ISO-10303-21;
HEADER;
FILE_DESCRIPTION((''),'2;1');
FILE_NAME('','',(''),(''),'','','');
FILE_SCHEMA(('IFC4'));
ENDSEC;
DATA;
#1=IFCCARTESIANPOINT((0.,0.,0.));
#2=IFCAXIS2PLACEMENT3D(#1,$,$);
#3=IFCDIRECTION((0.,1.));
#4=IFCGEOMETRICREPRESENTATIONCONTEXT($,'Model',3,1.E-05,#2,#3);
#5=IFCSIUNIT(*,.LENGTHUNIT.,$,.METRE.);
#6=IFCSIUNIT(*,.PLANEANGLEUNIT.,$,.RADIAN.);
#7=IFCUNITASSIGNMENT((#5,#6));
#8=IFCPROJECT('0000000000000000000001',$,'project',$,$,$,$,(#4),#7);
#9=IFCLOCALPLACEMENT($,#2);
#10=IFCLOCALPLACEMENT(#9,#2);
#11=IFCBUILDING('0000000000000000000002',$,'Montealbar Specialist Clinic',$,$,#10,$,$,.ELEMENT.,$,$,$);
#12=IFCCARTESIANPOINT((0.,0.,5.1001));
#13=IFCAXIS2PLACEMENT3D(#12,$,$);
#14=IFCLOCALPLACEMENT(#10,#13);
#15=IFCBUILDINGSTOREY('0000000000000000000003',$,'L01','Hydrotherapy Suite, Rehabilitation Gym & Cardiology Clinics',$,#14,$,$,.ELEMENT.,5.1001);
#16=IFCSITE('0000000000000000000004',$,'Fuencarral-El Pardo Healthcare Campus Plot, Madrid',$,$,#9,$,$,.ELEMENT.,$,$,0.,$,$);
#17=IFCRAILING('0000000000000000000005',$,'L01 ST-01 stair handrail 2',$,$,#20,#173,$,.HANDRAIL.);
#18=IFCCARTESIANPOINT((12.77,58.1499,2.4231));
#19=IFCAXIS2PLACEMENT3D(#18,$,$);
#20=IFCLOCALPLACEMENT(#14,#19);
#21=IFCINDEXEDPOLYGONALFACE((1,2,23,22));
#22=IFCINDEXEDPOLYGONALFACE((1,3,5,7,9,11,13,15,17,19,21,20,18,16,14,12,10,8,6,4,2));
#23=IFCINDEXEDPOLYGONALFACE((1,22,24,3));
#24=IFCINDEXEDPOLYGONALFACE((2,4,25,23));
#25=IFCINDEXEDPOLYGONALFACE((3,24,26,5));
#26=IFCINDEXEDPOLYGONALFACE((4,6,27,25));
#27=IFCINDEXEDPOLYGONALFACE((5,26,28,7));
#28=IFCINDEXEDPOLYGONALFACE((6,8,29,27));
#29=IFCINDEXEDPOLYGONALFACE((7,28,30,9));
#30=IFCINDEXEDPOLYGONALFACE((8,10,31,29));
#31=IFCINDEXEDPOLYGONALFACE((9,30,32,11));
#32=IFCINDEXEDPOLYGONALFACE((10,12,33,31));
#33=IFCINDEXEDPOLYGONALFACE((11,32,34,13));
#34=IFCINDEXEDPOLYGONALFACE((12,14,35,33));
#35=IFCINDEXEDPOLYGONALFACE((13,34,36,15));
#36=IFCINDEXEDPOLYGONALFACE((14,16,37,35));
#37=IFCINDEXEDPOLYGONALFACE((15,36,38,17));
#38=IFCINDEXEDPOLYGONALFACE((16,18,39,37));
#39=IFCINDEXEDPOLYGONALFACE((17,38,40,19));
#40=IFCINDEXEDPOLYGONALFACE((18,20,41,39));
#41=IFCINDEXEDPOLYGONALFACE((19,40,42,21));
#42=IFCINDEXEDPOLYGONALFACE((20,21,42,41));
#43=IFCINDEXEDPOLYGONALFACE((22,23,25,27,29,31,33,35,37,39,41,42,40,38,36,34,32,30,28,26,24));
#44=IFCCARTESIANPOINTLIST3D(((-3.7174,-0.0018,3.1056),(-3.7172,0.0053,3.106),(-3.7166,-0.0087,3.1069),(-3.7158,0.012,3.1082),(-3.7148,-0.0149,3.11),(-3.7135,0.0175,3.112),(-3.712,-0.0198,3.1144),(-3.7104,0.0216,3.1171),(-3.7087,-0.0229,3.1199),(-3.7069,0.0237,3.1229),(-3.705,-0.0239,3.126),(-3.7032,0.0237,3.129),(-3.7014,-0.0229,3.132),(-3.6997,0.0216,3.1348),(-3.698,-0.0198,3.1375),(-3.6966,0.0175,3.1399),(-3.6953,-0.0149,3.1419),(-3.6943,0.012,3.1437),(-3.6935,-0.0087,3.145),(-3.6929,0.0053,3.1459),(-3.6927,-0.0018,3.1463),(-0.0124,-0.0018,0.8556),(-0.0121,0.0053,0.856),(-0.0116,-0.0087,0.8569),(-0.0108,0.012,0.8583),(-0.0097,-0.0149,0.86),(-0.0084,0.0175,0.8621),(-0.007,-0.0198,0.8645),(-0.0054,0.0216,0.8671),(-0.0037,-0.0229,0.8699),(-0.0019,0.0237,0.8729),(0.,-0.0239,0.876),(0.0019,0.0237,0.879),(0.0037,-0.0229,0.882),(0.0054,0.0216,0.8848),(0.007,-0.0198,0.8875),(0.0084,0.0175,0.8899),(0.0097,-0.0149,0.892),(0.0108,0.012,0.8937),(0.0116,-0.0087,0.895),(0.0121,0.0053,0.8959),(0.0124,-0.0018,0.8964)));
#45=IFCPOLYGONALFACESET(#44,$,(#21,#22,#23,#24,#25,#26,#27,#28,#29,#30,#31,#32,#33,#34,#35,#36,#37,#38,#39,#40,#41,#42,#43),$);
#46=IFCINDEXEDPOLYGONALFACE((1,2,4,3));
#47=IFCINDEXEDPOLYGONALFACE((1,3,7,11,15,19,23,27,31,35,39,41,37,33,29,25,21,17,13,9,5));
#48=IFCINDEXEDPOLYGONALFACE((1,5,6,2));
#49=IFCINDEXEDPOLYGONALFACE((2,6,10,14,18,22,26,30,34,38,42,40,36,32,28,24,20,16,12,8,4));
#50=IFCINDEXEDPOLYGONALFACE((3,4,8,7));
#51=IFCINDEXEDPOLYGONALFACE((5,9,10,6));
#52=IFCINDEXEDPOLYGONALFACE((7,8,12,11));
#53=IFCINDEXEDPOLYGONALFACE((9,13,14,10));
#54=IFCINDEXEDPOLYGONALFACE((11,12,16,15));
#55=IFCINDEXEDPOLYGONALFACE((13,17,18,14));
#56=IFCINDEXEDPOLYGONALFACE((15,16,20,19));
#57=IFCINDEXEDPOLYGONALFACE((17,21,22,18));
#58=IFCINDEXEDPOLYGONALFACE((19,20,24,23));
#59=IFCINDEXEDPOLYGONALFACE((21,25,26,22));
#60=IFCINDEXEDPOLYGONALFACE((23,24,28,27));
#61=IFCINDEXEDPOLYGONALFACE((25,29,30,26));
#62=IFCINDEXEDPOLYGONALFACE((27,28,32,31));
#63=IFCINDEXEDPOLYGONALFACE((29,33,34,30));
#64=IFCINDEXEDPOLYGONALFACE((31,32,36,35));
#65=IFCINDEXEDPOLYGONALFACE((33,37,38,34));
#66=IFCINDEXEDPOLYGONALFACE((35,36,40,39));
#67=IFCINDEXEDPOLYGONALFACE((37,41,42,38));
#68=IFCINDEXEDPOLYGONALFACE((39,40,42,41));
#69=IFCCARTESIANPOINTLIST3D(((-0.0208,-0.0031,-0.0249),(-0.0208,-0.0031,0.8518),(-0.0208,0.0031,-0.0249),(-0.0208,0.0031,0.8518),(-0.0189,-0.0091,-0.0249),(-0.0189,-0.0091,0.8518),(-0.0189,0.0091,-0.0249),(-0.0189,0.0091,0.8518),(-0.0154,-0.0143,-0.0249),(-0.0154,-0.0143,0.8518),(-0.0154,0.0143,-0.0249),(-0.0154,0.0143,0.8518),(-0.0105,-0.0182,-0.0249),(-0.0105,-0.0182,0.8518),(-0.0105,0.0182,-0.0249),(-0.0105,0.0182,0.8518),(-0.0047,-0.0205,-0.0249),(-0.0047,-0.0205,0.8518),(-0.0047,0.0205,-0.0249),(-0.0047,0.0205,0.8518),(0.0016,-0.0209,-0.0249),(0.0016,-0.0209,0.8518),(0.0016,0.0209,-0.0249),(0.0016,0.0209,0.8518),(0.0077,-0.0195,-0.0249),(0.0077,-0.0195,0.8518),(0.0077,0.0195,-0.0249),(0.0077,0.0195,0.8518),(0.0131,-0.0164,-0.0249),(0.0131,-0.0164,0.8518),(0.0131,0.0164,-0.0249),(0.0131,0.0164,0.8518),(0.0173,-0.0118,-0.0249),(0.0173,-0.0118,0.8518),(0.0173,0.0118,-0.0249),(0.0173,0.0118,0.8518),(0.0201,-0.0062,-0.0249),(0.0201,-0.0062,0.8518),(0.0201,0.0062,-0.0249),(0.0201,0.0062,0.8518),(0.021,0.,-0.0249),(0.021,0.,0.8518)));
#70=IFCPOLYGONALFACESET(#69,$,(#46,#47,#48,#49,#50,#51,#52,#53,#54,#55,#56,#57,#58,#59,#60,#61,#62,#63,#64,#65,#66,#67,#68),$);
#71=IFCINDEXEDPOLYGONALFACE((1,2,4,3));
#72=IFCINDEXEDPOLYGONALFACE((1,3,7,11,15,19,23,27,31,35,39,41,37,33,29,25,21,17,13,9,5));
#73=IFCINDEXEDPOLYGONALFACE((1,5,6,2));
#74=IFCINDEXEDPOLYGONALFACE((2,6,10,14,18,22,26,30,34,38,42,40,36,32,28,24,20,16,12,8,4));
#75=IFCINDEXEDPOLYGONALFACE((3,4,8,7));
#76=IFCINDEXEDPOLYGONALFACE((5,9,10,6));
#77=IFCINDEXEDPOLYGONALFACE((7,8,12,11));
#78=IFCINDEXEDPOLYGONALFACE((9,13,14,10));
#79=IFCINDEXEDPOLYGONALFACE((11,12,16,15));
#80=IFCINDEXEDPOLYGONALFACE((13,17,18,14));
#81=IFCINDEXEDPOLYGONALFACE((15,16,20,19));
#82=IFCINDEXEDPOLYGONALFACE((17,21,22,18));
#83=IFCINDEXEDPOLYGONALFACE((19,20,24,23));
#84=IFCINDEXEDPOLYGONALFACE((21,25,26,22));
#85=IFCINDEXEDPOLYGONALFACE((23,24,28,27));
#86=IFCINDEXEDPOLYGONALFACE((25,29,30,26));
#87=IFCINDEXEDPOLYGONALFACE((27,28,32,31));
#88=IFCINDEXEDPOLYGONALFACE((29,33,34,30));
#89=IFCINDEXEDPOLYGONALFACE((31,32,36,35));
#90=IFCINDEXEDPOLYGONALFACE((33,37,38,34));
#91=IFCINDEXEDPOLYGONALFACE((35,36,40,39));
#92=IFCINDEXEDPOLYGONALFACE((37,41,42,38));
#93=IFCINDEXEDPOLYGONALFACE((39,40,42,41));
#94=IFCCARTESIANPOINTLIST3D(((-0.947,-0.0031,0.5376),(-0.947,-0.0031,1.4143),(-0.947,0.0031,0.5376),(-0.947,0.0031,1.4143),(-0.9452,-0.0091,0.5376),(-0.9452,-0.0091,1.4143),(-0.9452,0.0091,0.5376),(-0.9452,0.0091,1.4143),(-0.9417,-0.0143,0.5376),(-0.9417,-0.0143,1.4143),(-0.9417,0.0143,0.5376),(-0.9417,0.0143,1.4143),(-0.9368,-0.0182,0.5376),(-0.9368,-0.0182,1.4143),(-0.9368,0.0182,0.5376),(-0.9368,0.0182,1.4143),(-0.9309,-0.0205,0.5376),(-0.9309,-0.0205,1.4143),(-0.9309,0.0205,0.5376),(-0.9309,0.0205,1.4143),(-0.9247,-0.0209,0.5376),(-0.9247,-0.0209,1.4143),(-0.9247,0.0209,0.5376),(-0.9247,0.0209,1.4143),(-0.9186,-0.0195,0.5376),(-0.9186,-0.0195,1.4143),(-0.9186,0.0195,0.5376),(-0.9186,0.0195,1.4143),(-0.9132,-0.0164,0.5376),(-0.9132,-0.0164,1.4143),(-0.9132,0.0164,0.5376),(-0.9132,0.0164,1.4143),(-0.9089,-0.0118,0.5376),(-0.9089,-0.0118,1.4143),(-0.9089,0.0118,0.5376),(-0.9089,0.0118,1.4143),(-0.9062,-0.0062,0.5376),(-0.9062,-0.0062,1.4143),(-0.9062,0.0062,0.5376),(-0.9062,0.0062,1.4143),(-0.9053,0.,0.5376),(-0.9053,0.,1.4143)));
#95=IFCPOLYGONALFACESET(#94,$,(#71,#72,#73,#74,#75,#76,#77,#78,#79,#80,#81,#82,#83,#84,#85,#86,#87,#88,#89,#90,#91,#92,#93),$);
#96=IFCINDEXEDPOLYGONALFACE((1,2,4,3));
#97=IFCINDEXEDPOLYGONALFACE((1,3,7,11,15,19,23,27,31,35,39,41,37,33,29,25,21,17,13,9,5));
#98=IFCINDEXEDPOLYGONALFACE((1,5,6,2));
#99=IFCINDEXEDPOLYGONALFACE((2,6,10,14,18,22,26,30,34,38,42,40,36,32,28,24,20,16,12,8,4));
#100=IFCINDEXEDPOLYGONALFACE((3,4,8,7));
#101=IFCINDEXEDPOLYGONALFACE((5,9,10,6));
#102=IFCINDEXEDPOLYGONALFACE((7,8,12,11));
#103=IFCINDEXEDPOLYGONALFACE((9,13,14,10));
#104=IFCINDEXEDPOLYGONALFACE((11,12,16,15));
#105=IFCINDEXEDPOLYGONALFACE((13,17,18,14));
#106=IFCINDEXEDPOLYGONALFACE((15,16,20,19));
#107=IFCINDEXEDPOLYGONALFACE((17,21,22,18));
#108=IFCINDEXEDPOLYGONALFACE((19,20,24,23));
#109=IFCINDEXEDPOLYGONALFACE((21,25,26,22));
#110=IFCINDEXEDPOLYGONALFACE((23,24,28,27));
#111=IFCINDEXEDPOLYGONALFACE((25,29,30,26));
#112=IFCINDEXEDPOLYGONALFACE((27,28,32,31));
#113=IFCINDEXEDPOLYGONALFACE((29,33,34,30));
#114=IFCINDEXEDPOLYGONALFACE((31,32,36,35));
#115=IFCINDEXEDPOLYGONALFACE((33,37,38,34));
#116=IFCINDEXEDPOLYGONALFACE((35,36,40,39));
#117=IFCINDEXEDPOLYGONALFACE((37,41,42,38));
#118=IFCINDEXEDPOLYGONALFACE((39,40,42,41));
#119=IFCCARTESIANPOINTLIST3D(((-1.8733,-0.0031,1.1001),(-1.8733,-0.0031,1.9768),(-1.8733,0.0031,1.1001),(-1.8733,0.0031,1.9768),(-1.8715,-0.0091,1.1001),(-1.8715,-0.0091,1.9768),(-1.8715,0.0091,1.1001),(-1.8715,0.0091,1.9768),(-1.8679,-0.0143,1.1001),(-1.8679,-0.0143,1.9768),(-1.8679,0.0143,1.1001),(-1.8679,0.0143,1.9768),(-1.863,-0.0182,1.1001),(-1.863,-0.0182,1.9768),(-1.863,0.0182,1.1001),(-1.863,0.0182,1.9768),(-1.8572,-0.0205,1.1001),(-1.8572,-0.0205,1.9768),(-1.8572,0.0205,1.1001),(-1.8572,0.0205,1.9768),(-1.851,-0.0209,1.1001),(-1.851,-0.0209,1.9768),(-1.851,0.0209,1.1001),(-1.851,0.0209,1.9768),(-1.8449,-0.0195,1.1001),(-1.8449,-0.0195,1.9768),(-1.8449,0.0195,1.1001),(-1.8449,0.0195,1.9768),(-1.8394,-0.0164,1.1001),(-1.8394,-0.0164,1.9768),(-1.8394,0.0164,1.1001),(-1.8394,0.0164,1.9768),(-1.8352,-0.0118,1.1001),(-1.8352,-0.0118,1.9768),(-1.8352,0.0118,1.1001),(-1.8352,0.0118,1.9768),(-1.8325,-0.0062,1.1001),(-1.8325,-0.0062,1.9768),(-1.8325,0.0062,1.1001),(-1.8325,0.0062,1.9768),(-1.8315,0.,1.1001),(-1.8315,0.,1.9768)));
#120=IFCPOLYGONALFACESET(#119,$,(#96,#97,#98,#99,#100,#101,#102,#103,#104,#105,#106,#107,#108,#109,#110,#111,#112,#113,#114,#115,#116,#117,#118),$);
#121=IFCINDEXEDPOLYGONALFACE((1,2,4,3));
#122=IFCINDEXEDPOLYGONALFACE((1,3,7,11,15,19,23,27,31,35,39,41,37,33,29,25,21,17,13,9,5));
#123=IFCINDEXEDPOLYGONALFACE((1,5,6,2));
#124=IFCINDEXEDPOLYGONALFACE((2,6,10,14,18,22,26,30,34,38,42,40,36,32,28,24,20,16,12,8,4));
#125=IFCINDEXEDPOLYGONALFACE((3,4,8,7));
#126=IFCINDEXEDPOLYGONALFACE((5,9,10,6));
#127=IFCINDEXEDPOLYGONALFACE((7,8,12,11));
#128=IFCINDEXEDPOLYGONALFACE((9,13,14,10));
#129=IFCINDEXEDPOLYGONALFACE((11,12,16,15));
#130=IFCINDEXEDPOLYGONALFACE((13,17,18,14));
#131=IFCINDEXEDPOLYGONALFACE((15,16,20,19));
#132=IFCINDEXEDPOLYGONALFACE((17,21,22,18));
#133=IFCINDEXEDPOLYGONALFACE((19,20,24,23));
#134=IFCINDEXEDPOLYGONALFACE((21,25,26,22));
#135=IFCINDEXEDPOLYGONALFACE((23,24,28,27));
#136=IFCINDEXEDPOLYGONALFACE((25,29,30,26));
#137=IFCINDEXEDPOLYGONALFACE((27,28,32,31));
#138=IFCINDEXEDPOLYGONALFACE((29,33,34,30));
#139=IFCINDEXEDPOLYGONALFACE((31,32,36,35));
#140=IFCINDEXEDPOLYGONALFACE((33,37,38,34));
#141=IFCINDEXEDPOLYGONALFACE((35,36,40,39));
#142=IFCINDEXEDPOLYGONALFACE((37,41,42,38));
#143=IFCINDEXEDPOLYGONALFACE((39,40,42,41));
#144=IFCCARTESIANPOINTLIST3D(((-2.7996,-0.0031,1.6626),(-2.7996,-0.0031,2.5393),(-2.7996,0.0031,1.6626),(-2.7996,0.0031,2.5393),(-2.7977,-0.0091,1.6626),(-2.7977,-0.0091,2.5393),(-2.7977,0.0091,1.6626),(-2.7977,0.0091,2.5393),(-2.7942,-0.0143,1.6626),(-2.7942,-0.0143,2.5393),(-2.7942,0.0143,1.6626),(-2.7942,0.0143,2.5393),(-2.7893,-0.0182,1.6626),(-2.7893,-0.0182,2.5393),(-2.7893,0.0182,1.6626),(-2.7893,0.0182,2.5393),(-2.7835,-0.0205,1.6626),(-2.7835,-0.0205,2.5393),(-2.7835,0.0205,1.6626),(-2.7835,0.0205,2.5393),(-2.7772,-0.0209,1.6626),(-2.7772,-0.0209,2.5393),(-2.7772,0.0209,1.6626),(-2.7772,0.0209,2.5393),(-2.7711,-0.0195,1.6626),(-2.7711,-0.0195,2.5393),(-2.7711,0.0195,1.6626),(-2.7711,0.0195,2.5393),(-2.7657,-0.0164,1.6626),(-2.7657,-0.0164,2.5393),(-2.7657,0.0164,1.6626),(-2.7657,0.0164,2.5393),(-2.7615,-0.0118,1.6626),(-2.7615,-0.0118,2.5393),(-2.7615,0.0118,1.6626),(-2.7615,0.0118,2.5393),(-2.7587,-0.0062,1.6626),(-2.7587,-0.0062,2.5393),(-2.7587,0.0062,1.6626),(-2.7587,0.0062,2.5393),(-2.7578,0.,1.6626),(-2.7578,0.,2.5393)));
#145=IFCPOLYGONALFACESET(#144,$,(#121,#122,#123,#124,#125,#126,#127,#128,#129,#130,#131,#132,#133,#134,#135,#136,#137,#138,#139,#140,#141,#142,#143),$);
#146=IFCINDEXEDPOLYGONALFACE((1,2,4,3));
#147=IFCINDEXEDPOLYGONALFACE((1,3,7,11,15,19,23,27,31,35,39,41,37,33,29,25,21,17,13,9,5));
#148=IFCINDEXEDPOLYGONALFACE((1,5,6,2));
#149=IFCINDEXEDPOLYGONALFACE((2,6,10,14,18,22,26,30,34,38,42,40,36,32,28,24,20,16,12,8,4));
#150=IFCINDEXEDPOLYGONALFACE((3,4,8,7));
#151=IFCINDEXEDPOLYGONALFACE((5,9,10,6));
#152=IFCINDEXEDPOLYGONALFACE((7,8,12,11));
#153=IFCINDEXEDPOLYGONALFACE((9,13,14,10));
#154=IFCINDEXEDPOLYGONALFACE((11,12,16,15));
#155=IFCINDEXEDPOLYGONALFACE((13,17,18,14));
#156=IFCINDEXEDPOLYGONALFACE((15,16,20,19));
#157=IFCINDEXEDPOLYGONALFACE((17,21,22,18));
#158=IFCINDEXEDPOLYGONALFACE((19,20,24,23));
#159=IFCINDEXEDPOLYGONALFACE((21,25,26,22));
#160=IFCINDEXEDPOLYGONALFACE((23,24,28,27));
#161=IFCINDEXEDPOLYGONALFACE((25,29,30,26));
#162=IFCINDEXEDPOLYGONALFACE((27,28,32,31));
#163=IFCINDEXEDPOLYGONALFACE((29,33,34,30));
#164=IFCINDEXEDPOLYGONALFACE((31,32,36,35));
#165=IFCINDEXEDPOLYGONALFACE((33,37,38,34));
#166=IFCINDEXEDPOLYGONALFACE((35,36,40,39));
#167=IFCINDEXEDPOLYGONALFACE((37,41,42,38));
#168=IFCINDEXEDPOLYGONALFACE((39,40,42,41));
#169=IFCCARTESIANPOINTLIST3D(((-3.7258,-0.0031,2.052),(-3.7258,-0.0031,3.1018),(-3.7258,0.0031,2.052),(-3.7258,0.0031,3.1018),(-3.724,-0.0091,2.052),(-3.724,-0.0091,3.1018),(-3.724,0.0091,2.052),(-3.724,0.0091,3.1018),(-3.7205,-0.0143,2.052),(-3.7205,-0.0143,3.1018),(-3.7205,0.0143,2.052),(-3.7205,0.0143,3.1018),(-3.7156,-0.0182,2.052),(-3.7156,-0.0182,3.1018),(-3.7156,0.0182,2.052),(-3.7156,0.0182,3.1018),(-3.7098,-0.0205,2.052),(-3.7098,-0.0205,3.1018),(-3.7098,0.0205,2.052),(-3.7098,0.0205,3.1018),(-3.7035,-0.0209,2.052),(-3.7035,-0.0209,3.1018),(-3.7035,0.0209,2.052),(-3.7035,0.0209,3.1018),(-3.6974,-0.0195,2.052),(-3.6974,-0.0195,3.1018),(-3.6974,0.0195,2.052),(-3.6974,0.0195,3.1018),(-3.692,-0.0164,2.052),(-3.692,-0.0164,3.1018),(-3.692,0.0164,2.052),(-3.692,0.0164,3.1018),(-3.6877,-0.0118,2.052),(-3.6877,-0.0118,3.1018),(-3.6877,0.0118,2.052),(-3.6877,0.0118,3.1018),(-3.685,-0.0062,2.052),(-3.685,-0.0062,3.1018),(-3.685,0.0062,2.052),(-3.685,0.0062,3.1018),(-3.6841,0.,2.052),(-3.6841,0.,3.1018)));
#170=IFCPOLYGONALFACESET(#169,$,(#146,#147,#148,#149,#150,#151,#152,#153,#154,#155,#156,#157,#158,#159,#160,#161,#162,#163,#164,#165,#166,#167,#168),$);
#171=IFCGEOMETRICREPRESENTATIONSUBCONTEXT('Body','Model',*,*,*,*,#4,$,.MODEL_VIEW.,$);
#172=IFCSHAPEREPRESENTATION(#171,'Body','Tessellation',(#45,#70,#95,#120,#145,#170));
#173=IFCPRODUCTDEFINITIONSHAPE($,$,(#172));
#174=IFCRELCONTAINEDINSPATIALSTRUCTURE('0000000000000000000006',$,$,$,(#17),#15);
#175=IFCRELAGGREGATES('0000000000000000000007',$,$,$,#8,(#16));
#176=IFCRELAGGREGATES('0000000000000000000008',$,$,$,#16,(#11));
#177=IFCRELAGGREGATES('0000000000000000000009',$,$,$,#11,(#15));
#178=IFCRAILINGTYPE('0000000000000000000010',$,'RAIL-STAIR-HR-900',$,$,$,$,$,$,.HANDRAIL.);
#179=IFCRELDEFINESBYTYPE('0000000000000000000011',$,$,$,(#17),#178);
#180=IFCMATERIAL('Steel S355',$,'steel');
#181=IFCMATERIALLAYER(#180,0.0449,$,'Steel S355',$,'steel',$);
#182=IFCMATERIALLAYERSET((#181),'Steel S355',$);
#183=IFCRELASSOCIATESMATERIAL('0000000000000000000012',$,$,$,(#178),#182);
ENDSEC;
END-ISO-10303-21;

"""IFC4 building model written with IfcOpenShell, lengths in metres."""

from ifc_helpers import new_model, si_unit, direction, frame, origin, origin_2d, place, context, subcontext, project, spatial, circle, extrude, material, layer, layer_set, type_object, element, save


model = new_model("IFC4")

# Units and contexts
model_context = context("Model", 3, precision=1e-05, world=origin(), true_north=direction((0.0, 1.0)))
body_context = subcontext(model_context, "Body", "Model", "MODEL_VIEW")
ifc_project = project(units=[si_unit("LENGTHUNIT", "METRE"), si_unit("PLANEANGLEUNIT", "RADIAN")], contexts=[model_context])

# Site, building, storey
site_placement = place(None, origin())
site = spatial("IfcSite", under=ifc_project, at=site_placement, Name="Fuencarral-El Pardo Healthcare Campus Plot, Madrid", CompositionType="ELEMENT", RefElevation=0.0)
building_placement = place(site_placement, origin())
building = spatial("IfcBuilding", under=site, at=building_placement, Name="Montealbar Specialist Clinic", CompositionType="ELEMENT")
storey_placement = place(building_placement, frame((0.0, 0.0, 5.1001)))
storey = spatial("IfcBuildingStorey", under=building, at=storey_placement, Name="L01", Description="Hydrotherapy Suite, Rehabilitation Gym & Cardiology Clinics", CompositionType="ELEMENT", Elevation=5.1001)

# Shared definitions
ifc_material_1 = material(Name="Steel S355", Category="steel")

# Railing
ifc_layer_1 = layer(ifc_material_1, 0.0449, Name="Steel S355", Category="steel")
ifc_layer_set_1 = layer_set([ifc_layer_1], Name="Steel S355")
railing_type_1 = type_object("IfcRailingType", Name="RAIL-STAIR-HR-900", PredefinedType="HANDRAIL", material=ifc_layer_set_1)
railing_1_placement = place(storey_placement, frame((12.77, 58.1499, 2.4231)))
element("IfcRailing", 1, at=railing_1_placement, inside=storey, type_object=railing_type_1, Name="L01 ST-01 stair handrail 2", PredefinedType="HANDRAIL", context=body_context, shape_type="SweptSolid", body=[
    extrude(circle(Radius=0.0239, at=origin_2d()), frame((0.0, 0.0, 0.876), z_axis=(-0.854738, 0.0, 0.51906), x_axis=(0.0, -1.0, 0.0)), (0.0, 0.0, 1.0), 4.3347),
    extrude(circle(Radius=0.021, at=origin_2d()), frame((0.0, 0.0, -0.0249)), (0.0, 0.0, 1.0), 0.8767),
    extrude(circle(Radius=0.021, at=origin_2d()), frame((-0.9263, 0.0, 0.5376)), (0.0, 0.0, 1.0), 0.8767),
    extrude(circle(Radius=0.021, at=origin_2d()), frame((-1.8525, 0.0, 1.1001)), (0.0, 0.0, 1.0), 0.8767),
    extrude(circle(Radius=0.021, at=origin_2d()), frame((-2.7788, 0.0, 1.6626)), (0.0, 0.0, 1.0), 0.8767),
    extrude(circle(Radius=0.021, at=origin_2d()), frame((-3.7051, 0.0, 2.052)), (0.0, 0.0, 1.0), 1.0498),
])

save(model, "model.ifc")
